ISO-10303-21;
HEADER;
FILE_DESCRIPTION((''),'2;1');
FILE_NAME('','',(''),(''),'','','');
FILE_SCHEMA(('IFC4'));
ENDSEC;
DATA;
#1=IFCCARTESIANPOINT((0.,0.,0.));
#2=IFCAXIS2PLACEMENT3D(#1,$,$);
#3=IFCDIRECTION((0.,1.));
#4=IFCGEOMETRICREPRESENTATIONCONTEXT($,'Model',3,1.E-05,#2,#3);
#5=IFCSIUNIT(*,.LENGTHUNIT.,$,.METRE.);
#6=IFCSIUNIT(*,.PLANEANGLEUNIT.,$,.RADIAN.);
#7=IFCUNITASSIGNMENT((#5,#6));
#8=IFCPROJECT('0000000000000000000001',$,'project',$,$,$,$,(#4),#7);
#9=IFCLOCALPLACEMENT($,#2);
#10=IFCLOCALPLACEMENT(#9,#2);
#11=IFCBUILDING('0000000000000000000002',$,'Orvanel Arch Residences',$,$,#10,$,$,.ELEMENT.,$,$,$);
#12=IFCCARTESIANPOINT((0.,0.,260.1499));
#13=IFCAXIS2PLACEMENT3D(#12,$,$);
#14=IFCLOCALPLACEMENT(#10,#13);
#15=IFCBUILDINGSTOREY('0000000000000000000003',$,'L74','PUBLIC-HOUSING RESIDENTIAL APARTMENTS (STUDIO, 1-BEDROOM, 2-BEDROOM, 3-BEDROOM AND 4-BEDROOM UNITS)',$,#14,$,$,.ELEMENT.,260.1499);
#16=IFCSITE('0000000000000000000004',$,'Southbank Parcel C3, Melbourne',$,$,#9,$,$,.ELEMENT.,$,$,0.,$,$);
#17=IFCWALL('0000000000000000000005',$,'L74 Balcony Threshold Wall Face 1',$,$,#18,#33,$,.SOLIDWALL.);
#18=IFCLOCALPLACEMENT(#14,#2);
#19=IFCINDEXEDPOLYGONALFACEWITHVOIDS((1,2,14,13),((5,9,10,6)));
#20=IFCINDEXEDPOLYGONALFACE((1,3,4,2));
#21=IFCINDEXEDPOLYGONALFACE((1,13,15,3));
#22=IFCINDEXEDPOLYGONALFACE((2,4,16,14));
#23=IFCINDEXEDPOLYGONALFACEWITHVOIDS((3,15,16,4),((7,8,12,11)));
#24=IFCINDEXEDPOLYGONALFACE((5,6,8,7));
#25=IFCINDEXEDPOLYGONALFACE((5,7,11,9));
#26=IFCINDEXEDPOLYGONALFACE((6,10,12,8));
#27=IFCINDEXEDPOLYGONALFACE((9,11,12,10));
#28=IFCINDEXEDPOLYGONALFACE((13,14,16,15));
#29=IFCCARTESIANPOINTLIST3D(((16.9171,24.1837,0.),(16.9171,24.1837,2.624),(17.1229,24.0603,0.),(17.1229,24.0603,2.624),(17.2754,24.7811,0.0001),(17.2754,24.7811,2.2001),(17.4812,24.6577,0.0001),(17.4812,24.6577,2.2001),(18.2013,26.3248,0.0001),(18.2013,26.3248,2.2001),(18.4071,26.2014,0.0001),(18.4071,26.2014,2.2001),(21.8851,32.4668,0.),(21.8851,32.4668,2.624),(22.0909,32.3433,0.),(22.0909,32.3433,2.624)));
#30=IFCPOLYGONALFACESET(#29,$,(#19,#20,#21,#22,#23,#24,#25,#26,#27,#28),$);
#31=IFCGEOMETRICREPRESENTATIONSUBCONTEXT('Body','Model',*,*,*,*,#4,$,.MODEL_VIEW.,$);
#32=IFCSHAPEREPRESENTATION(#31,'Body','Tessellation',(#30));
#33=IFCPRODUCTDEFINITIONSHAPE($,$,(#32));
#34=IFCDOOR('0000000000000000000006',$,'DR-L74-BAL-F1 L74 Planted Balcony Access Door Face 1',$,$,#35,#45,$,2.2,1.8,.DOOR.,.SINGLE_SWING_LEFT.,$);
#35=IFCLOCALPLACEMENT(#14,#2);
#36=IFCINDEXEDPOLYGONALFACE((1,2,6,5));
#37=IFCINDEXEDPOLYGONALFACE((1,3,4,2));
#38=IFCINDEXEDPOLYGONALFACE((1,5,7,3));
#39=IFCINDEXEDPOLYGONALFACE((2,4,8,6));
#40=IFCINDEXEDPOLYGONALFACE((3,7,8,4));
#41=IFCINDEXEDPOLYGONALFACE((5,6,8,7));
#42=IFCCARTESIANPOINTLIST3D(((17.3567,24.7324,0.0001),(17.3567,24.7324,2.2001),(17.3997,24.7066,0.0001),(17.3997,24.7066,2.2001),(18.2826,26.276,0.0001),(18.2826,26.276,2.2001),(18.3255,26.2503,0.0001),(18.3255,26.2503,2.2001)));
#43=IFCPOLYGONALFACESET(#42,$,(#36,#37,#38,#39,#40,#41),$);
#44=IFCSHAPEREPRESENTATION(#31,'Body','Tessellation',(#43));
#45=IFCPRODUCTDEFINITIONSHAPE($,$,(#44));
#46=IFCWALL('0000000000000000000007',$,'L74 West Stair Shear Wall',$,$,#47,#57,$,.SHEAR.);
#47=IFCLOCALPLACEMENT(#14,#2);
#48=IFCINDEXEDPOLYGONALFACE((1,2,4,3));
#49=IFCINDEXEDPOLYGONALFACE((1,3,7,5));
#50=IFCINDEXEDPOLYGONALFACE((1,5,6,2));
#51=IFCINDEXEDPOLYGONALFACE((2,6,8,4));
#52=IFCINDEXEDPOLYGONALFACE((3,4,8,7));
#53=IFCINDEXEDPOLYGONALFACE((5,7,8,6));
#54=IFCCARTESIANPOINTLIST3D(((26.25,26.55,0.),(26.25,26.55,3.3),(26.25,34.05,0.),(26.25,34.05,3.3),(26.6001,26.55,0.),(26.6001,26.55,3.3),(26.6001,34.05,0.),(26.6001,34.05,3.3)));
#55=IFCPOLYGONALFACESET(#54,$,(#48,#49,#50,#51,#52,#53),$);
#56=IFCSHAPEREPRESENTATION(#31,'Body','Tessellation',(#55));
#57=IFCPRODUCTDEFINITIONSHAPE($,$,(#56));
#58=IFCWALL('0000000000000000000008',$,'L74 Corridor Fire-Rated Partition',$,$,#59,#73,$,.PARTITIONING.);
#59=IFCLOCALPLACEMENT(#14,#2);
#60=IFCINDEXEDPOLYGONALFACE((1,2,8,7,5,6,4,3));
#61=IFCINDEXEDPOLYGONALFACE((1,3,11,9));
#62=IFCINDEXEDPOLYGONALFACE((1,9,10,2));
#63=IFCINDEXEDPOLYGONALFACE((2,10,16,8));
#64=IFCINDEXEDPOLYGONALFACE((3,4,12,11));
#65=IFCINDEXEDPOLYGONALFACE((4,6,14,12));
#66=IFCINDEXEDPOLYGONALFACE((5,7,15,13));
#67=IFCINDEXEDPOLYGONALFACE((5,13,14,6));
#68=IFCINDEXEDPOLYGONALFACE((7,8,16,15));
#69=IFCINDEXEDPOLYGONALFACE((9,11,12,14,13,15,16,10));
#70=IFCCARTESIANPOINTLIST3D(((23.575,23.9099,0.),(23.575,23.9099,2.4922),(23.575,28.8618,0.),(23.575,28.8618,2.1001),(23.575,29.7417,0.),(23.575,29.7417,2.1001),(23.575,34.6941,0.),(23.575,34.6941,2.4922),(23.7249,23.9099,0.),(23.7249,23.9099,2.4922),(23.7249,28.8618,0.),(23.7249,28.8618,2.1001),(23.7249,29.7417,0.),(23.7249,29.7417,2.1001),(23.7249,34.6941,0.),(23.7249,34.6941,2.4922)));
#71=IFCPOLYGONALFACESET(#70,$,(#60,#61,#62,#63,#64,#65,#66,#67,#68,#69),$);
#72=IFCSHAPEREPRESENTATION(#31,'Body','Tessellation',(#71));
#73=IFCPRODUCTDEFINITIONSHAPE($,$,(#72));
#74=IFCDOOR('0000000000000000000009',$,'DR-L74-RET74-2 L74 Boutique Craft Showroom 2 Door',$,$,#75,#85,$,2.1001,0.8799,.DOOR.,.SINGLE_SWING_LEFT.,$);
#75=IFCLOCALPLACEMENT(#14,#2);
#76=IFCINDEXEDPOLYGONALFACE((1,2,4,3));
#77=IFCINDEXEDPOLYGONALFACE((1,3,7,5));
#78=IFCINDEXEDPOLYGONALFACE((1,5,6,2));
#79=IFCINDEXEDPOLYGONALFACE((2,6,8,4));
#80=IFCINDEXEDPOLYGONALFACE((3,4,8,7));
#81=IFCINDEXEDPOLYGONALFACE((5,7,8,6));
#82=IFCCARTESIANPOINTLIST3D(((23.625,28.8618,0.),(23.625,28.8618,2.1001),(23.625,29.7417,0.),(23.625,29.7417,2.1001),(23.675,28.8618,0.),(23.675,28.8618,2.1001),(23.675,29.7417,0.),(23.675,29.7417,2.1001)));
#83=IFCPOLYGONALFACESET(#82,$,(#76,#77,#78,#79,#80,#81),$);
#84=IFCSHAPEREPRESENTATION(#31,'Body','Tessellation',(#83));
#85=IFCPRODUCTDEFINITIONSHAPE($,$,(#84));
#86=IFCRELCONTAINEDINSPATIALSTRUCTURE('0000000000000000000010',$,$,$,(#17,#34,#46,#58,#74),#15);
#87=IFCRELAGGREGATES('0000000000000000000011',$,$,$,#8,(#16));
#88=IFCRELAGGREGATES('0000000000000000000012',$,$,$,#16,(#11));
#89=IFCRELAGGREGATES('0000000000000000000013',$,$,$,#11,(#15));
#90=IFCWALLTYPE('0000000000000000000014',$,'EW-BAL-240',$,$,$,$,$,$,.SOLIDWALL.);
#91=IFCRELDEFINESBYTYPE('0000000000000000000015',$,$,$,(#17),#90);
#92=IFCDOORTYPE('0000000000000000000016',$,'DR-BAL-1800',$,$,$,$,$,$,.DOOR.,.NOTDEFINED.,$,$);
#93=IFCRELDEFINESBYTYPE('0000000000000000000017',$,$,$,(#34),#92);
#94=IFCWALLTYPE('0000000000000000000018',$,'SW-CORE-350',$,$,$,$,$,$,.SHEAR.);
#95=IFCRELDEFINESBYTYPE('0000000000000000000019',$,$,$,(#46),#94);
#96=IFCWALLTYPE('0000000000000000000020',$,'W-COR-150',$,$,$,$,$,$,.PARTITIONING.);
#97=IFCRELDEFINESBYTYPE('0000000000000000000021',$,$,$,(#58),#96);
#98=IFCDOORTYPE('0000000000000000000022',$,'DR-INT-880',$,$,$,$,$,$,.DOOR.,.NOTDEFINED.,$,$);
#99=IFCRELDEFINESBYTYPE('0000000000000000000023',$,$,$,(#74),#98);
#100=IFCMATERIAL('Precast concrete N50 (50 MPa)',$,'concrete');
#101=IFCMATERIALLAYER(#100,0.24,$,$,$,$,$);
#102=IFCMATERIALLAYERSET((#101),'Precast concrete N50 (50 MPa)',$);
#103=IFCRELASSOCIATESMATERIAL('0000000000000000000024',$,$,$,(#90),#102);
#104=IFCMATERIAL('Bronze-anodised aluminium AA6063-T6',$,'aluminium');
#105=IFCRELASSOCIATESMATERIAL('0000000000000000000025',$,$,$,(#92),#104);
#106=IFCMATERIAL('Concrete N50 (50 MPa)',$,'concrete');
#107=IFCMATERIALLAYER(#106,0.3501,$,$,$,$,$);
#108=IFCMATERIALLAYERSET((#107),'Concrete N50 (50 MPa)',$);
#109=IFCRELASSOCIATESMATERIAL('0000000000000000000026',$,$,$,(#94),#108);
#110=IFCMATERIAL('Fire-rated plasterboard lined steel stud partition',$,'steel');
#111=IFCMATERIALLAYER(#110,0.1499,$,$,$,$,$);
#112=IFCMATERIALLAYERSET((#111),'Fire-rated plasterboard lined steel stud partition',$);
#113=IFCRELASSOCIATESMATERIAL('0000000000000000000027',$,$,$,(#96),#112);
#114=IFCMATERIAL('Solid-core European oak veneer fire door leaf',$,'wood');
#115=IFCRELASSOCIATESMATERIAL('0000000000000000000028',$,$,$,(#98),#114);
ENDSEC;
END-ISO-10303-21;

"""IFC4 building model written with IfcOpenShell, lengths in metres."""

from ifc_helpers import new_model, si_unit, direction, frame, frame_2d, origin, place, context, subcontext, project, spatial, rectangle, extrude, material, layer, layer_set, type_object, element, fill, save


model = new_model("IFC4")

# Units and contexts
model_context = context("Model", 3, precision=1e-05, world=origin(), true_north=direction((0.0, 1.0)))
body_context = subcontext(model_context, "Body", "Model", "MODEL_VIEW")
ifc_project = project(units=[si_unit("LENGTHUNIT", "METRE"), si_unit("PLANEANGLEUNIT", "RADIAN")], contexts=[model_context])

# Site, building, storey
site_placement = place(None, origin())
site = spatial("IfcSite", under=ifc_project, at=site_placement, Name="Southbank Parcel C3, Melbourne", CompositionType="ELEMENT", RefElevation=0.0)
building_placement = place(site_placement, origin())
building = spatial("IfcBuilding", under=site, at=building_placement, Name="Orvanel Arch Residences", CompositionType="ELEMENT")
storey_placement = place(building_placement, frame((0.0, 0.0, 260.1499)))
storey = spatial("IfcBuildingStorey", under=building, at=storey_placement, Name="L74", Description="PUBLIC-HOUSING RESIDENTIAL APARTMENTS (STUDIO, 1-BEDROOM, 2-BEDROOM, 3-BEDROOM AND 4-BEDROOM UNITS)", CompositionType="ELEMENT", Elevation=260.1499)

# Shared definitions
ifc_material_1 = material(Name="Bronze-anodised aluminium AA6063-T6", Category="aluminium")

# Wall, opening, door
ifc_material_2 = material(Name="Precast concrete N50 (50 MPa)", Category="concrete")
ifc_layer_1 = layer(ifc_material_2, 0.24)
ifc_layer_set_1 = layer_set([ifc_layer_1], Name="Precast concrete N50 (50 MPa)")
wall_type_1 = type_object("IfcWallType", Name="EW-BAL-240", PredefinedType="SOLIDWALL", material=ifc_layer_set_1)
wall_1_placement = place(storey_placement, frame((21.988, 32.405, 0.0), z_axis=(0.0, 0.0, 1.0), x_axis=(-0.514362, -0.857573, 0.0)))
wall_1 = element("IfcWall", 1, at=wall_1_placement, inside=storey, type_object=wall_type_1, Name="L74 Balcony Threshold Wall Face 1", PredefinedType="SOLIDWALL", context=body_context, shape_type="SweptSolid", body=[
    extrude(rectangle(XDim=9.6587, YDim=0.24, at=frame_2d((4.8293, 0.0))), origin(), (0.0, 0.0, 1.0), 2.624),
])
opening_1_placement = place(wall_1_placement, frame((7.1621, 0.0, 0.0)))
opening_1 = element("IfcOpeningElement", 2, at=opening_1_placement, cuts=wall_1, PredefinedType="OPENING", context=body_context, shape_type="SweptSolid", body=[
    extrude(rectangle(XDim=1.8, YDim=2.2, at=frame_2d((0.8999, 1.1001))), frame((0.0, 0.1299, 0.0), z_axis=(0.0, -1.0, 0.0), x_axis=(1.0, 0.0, 0.0)), (0.0, 0.0, 1.0), 0.26),
])
door_type_1 = type_object("IfcDoorType", Name="DR-BAL-1800", OperationType="NOTDEFINED", PredefinedType="DOOR", material=ifc_material_1)
door_1_placement = place(opening_1_placement, origin())
door_1 = element("IfcDoor", 3, at=door_1_placement, inside=storey, type_object=door_type_1, Name="DR-L74-BAL-F1 L74 Planted Balcony Access Door Face 1", OperationType="SINGLE_SWING_LEFT", OverallHeight=2.2, OverallWidth=1.8, PredefinedType="DOOR", context=body_context, shape_type="SweptSolid", body=[
    extrude(rectangle(XDim=1.8, YDim=2.2, at=frame_2d((0.8999, 1.1001))), frame((0.0, 0.0249, 0.0), z_axis=(0.0, -1.0, 0.0), x_axis=(1.0, 0.0, 0.0)), (0.0, 0.0, 1.0), 0.05),
])
fill(opening_1, door_1)

# Shared definitions
ifc_material_3 = material(Name="Concrete N50 (50 MPa)", Category="concrete")
ifc_layer_2 = layer(ifc_material_3, 0.3501)
ifc_layer_set_2 = layer_set([ifc_layer_2], Name="Concrete N50 (50 MPa)")
wall_type_2 = type_object("IfcWallType", Name="SW-CORE-350", PredefinedType="SHEAR", material=ifc_layer_set_2)

# Wall
wall_2_placement = place(storey_placement, frame((26.425, 26.55, 0.0), z_axis=(0.0, 0.0, 1.0), x_axis=(0.0, 1.0, 0.0)))
element("IfcWall", 4, at=wall_2_placement, inside=storey, type_object=wall_type_2, Name="L74 West Stair Shear Wall", PredefinedType="SHEAR", context=body_context, shape_type="SweptSolid", body=[
    extrude(rectangle(XDim=7.5, YDim=0.3501, at=frame_2d((3.75, 0.0))), origin(), (0.0, 0.0, 1.0), 3.3),
])

# Wall, opening, door
ifc_material_4 = material(Name="Fire-rated plasterboard lined steel stud partition", Category="steel")
ifc_layer_3 = layer(ifc_material_4, 0.1499)
ifc_layer_set_3 = layer_set([ifc_layer_3], Name="Fire-rated plasterboard lined steel stud partition")
wall_type_3 = type_object("IfcWallType", Name="W-COR-150", PredefinedType="PARTITIONING", material=ifc_layer_set_3)
wall_3_placement = place(storey_placement, frame((23.6499, 23.9099, 0.0), z_axis=(0.0, 0.0, 1.0), x_axis=(0.0, 1.0, 0.0)))
wall_3 = element("IfcWall", 5, at=wall_3_placement, inside=storey, type_object=wall_type_3, Name="L74 Corridor Fire-Rated Partition", PredefinedType="PARTITIONING", context=body_context, shape_type="SweptSolid", body=[
    extrude(rectangle(XDim=10.7842, YDim=0.1499, at=frame_2d((5.3921, 0.0))), origin(), (0.0, 0.0, 1.0), 2.4922),
])
opening_2_placement = place(wall_3_placement, frame((4.9519, 0.0, 0.0)))
opening_2 = element("IfcOpeningElement", 6, at=opening_2_placement, cuts=wall_3, PredefinedType="OPENING", context=body_context, shape_type="SweptSolid", body=[
    extrude(rectangle(XDim=0.8799, YDim=2.1001, at=frame_2d((0.4399, 1.05))), frame((0.0, 0.085, 0.0), z_axis=(0.0, -1.0, 0.0), x_axis=(1.0, 0.0, 0.0)), (0.0, 0.0, 1.0), 0.1699),
])
ifc_material_5 = material(Name="Solid-core European oak veneer fire door leaf", Category="wood")
door_type_2 = type_object("IfcDoorType", Name="DR-INT-880", OperationType="NOTDEFINED", PredefinedType="DOOR", material=ifc_material_5)
door_2_placement = place(opening_2_placement, origin())
door_2 = element("IfcDoor", 7, at=door_2_placement, inside=storey, type_object=door_type_2, Name="DR-L74-RET74-2 L74 Boutique Craft Showroom 2 Door", OperationType="SINGLE_SWING_LEFT", OverallHeight=2.1001, OverallWidth=0.8799, PredefinedType="DOOR", context=body_context, shape_type="SweptSolid", body=[
    extrude(rectangle(XDim=0.8799, YDim=2.1001, at=frame_2d((0.4399, 1.05))), frame((0.0, 0.0249, 0.0), z_axis=(0.0, -1.0, 0.0), x_axis=(1.0, 0.0, 0.0)), (0.0, 0.0, 1.0), 0.05),
])
fill(opening_2, door_2)

save(model, "model.ifc")
